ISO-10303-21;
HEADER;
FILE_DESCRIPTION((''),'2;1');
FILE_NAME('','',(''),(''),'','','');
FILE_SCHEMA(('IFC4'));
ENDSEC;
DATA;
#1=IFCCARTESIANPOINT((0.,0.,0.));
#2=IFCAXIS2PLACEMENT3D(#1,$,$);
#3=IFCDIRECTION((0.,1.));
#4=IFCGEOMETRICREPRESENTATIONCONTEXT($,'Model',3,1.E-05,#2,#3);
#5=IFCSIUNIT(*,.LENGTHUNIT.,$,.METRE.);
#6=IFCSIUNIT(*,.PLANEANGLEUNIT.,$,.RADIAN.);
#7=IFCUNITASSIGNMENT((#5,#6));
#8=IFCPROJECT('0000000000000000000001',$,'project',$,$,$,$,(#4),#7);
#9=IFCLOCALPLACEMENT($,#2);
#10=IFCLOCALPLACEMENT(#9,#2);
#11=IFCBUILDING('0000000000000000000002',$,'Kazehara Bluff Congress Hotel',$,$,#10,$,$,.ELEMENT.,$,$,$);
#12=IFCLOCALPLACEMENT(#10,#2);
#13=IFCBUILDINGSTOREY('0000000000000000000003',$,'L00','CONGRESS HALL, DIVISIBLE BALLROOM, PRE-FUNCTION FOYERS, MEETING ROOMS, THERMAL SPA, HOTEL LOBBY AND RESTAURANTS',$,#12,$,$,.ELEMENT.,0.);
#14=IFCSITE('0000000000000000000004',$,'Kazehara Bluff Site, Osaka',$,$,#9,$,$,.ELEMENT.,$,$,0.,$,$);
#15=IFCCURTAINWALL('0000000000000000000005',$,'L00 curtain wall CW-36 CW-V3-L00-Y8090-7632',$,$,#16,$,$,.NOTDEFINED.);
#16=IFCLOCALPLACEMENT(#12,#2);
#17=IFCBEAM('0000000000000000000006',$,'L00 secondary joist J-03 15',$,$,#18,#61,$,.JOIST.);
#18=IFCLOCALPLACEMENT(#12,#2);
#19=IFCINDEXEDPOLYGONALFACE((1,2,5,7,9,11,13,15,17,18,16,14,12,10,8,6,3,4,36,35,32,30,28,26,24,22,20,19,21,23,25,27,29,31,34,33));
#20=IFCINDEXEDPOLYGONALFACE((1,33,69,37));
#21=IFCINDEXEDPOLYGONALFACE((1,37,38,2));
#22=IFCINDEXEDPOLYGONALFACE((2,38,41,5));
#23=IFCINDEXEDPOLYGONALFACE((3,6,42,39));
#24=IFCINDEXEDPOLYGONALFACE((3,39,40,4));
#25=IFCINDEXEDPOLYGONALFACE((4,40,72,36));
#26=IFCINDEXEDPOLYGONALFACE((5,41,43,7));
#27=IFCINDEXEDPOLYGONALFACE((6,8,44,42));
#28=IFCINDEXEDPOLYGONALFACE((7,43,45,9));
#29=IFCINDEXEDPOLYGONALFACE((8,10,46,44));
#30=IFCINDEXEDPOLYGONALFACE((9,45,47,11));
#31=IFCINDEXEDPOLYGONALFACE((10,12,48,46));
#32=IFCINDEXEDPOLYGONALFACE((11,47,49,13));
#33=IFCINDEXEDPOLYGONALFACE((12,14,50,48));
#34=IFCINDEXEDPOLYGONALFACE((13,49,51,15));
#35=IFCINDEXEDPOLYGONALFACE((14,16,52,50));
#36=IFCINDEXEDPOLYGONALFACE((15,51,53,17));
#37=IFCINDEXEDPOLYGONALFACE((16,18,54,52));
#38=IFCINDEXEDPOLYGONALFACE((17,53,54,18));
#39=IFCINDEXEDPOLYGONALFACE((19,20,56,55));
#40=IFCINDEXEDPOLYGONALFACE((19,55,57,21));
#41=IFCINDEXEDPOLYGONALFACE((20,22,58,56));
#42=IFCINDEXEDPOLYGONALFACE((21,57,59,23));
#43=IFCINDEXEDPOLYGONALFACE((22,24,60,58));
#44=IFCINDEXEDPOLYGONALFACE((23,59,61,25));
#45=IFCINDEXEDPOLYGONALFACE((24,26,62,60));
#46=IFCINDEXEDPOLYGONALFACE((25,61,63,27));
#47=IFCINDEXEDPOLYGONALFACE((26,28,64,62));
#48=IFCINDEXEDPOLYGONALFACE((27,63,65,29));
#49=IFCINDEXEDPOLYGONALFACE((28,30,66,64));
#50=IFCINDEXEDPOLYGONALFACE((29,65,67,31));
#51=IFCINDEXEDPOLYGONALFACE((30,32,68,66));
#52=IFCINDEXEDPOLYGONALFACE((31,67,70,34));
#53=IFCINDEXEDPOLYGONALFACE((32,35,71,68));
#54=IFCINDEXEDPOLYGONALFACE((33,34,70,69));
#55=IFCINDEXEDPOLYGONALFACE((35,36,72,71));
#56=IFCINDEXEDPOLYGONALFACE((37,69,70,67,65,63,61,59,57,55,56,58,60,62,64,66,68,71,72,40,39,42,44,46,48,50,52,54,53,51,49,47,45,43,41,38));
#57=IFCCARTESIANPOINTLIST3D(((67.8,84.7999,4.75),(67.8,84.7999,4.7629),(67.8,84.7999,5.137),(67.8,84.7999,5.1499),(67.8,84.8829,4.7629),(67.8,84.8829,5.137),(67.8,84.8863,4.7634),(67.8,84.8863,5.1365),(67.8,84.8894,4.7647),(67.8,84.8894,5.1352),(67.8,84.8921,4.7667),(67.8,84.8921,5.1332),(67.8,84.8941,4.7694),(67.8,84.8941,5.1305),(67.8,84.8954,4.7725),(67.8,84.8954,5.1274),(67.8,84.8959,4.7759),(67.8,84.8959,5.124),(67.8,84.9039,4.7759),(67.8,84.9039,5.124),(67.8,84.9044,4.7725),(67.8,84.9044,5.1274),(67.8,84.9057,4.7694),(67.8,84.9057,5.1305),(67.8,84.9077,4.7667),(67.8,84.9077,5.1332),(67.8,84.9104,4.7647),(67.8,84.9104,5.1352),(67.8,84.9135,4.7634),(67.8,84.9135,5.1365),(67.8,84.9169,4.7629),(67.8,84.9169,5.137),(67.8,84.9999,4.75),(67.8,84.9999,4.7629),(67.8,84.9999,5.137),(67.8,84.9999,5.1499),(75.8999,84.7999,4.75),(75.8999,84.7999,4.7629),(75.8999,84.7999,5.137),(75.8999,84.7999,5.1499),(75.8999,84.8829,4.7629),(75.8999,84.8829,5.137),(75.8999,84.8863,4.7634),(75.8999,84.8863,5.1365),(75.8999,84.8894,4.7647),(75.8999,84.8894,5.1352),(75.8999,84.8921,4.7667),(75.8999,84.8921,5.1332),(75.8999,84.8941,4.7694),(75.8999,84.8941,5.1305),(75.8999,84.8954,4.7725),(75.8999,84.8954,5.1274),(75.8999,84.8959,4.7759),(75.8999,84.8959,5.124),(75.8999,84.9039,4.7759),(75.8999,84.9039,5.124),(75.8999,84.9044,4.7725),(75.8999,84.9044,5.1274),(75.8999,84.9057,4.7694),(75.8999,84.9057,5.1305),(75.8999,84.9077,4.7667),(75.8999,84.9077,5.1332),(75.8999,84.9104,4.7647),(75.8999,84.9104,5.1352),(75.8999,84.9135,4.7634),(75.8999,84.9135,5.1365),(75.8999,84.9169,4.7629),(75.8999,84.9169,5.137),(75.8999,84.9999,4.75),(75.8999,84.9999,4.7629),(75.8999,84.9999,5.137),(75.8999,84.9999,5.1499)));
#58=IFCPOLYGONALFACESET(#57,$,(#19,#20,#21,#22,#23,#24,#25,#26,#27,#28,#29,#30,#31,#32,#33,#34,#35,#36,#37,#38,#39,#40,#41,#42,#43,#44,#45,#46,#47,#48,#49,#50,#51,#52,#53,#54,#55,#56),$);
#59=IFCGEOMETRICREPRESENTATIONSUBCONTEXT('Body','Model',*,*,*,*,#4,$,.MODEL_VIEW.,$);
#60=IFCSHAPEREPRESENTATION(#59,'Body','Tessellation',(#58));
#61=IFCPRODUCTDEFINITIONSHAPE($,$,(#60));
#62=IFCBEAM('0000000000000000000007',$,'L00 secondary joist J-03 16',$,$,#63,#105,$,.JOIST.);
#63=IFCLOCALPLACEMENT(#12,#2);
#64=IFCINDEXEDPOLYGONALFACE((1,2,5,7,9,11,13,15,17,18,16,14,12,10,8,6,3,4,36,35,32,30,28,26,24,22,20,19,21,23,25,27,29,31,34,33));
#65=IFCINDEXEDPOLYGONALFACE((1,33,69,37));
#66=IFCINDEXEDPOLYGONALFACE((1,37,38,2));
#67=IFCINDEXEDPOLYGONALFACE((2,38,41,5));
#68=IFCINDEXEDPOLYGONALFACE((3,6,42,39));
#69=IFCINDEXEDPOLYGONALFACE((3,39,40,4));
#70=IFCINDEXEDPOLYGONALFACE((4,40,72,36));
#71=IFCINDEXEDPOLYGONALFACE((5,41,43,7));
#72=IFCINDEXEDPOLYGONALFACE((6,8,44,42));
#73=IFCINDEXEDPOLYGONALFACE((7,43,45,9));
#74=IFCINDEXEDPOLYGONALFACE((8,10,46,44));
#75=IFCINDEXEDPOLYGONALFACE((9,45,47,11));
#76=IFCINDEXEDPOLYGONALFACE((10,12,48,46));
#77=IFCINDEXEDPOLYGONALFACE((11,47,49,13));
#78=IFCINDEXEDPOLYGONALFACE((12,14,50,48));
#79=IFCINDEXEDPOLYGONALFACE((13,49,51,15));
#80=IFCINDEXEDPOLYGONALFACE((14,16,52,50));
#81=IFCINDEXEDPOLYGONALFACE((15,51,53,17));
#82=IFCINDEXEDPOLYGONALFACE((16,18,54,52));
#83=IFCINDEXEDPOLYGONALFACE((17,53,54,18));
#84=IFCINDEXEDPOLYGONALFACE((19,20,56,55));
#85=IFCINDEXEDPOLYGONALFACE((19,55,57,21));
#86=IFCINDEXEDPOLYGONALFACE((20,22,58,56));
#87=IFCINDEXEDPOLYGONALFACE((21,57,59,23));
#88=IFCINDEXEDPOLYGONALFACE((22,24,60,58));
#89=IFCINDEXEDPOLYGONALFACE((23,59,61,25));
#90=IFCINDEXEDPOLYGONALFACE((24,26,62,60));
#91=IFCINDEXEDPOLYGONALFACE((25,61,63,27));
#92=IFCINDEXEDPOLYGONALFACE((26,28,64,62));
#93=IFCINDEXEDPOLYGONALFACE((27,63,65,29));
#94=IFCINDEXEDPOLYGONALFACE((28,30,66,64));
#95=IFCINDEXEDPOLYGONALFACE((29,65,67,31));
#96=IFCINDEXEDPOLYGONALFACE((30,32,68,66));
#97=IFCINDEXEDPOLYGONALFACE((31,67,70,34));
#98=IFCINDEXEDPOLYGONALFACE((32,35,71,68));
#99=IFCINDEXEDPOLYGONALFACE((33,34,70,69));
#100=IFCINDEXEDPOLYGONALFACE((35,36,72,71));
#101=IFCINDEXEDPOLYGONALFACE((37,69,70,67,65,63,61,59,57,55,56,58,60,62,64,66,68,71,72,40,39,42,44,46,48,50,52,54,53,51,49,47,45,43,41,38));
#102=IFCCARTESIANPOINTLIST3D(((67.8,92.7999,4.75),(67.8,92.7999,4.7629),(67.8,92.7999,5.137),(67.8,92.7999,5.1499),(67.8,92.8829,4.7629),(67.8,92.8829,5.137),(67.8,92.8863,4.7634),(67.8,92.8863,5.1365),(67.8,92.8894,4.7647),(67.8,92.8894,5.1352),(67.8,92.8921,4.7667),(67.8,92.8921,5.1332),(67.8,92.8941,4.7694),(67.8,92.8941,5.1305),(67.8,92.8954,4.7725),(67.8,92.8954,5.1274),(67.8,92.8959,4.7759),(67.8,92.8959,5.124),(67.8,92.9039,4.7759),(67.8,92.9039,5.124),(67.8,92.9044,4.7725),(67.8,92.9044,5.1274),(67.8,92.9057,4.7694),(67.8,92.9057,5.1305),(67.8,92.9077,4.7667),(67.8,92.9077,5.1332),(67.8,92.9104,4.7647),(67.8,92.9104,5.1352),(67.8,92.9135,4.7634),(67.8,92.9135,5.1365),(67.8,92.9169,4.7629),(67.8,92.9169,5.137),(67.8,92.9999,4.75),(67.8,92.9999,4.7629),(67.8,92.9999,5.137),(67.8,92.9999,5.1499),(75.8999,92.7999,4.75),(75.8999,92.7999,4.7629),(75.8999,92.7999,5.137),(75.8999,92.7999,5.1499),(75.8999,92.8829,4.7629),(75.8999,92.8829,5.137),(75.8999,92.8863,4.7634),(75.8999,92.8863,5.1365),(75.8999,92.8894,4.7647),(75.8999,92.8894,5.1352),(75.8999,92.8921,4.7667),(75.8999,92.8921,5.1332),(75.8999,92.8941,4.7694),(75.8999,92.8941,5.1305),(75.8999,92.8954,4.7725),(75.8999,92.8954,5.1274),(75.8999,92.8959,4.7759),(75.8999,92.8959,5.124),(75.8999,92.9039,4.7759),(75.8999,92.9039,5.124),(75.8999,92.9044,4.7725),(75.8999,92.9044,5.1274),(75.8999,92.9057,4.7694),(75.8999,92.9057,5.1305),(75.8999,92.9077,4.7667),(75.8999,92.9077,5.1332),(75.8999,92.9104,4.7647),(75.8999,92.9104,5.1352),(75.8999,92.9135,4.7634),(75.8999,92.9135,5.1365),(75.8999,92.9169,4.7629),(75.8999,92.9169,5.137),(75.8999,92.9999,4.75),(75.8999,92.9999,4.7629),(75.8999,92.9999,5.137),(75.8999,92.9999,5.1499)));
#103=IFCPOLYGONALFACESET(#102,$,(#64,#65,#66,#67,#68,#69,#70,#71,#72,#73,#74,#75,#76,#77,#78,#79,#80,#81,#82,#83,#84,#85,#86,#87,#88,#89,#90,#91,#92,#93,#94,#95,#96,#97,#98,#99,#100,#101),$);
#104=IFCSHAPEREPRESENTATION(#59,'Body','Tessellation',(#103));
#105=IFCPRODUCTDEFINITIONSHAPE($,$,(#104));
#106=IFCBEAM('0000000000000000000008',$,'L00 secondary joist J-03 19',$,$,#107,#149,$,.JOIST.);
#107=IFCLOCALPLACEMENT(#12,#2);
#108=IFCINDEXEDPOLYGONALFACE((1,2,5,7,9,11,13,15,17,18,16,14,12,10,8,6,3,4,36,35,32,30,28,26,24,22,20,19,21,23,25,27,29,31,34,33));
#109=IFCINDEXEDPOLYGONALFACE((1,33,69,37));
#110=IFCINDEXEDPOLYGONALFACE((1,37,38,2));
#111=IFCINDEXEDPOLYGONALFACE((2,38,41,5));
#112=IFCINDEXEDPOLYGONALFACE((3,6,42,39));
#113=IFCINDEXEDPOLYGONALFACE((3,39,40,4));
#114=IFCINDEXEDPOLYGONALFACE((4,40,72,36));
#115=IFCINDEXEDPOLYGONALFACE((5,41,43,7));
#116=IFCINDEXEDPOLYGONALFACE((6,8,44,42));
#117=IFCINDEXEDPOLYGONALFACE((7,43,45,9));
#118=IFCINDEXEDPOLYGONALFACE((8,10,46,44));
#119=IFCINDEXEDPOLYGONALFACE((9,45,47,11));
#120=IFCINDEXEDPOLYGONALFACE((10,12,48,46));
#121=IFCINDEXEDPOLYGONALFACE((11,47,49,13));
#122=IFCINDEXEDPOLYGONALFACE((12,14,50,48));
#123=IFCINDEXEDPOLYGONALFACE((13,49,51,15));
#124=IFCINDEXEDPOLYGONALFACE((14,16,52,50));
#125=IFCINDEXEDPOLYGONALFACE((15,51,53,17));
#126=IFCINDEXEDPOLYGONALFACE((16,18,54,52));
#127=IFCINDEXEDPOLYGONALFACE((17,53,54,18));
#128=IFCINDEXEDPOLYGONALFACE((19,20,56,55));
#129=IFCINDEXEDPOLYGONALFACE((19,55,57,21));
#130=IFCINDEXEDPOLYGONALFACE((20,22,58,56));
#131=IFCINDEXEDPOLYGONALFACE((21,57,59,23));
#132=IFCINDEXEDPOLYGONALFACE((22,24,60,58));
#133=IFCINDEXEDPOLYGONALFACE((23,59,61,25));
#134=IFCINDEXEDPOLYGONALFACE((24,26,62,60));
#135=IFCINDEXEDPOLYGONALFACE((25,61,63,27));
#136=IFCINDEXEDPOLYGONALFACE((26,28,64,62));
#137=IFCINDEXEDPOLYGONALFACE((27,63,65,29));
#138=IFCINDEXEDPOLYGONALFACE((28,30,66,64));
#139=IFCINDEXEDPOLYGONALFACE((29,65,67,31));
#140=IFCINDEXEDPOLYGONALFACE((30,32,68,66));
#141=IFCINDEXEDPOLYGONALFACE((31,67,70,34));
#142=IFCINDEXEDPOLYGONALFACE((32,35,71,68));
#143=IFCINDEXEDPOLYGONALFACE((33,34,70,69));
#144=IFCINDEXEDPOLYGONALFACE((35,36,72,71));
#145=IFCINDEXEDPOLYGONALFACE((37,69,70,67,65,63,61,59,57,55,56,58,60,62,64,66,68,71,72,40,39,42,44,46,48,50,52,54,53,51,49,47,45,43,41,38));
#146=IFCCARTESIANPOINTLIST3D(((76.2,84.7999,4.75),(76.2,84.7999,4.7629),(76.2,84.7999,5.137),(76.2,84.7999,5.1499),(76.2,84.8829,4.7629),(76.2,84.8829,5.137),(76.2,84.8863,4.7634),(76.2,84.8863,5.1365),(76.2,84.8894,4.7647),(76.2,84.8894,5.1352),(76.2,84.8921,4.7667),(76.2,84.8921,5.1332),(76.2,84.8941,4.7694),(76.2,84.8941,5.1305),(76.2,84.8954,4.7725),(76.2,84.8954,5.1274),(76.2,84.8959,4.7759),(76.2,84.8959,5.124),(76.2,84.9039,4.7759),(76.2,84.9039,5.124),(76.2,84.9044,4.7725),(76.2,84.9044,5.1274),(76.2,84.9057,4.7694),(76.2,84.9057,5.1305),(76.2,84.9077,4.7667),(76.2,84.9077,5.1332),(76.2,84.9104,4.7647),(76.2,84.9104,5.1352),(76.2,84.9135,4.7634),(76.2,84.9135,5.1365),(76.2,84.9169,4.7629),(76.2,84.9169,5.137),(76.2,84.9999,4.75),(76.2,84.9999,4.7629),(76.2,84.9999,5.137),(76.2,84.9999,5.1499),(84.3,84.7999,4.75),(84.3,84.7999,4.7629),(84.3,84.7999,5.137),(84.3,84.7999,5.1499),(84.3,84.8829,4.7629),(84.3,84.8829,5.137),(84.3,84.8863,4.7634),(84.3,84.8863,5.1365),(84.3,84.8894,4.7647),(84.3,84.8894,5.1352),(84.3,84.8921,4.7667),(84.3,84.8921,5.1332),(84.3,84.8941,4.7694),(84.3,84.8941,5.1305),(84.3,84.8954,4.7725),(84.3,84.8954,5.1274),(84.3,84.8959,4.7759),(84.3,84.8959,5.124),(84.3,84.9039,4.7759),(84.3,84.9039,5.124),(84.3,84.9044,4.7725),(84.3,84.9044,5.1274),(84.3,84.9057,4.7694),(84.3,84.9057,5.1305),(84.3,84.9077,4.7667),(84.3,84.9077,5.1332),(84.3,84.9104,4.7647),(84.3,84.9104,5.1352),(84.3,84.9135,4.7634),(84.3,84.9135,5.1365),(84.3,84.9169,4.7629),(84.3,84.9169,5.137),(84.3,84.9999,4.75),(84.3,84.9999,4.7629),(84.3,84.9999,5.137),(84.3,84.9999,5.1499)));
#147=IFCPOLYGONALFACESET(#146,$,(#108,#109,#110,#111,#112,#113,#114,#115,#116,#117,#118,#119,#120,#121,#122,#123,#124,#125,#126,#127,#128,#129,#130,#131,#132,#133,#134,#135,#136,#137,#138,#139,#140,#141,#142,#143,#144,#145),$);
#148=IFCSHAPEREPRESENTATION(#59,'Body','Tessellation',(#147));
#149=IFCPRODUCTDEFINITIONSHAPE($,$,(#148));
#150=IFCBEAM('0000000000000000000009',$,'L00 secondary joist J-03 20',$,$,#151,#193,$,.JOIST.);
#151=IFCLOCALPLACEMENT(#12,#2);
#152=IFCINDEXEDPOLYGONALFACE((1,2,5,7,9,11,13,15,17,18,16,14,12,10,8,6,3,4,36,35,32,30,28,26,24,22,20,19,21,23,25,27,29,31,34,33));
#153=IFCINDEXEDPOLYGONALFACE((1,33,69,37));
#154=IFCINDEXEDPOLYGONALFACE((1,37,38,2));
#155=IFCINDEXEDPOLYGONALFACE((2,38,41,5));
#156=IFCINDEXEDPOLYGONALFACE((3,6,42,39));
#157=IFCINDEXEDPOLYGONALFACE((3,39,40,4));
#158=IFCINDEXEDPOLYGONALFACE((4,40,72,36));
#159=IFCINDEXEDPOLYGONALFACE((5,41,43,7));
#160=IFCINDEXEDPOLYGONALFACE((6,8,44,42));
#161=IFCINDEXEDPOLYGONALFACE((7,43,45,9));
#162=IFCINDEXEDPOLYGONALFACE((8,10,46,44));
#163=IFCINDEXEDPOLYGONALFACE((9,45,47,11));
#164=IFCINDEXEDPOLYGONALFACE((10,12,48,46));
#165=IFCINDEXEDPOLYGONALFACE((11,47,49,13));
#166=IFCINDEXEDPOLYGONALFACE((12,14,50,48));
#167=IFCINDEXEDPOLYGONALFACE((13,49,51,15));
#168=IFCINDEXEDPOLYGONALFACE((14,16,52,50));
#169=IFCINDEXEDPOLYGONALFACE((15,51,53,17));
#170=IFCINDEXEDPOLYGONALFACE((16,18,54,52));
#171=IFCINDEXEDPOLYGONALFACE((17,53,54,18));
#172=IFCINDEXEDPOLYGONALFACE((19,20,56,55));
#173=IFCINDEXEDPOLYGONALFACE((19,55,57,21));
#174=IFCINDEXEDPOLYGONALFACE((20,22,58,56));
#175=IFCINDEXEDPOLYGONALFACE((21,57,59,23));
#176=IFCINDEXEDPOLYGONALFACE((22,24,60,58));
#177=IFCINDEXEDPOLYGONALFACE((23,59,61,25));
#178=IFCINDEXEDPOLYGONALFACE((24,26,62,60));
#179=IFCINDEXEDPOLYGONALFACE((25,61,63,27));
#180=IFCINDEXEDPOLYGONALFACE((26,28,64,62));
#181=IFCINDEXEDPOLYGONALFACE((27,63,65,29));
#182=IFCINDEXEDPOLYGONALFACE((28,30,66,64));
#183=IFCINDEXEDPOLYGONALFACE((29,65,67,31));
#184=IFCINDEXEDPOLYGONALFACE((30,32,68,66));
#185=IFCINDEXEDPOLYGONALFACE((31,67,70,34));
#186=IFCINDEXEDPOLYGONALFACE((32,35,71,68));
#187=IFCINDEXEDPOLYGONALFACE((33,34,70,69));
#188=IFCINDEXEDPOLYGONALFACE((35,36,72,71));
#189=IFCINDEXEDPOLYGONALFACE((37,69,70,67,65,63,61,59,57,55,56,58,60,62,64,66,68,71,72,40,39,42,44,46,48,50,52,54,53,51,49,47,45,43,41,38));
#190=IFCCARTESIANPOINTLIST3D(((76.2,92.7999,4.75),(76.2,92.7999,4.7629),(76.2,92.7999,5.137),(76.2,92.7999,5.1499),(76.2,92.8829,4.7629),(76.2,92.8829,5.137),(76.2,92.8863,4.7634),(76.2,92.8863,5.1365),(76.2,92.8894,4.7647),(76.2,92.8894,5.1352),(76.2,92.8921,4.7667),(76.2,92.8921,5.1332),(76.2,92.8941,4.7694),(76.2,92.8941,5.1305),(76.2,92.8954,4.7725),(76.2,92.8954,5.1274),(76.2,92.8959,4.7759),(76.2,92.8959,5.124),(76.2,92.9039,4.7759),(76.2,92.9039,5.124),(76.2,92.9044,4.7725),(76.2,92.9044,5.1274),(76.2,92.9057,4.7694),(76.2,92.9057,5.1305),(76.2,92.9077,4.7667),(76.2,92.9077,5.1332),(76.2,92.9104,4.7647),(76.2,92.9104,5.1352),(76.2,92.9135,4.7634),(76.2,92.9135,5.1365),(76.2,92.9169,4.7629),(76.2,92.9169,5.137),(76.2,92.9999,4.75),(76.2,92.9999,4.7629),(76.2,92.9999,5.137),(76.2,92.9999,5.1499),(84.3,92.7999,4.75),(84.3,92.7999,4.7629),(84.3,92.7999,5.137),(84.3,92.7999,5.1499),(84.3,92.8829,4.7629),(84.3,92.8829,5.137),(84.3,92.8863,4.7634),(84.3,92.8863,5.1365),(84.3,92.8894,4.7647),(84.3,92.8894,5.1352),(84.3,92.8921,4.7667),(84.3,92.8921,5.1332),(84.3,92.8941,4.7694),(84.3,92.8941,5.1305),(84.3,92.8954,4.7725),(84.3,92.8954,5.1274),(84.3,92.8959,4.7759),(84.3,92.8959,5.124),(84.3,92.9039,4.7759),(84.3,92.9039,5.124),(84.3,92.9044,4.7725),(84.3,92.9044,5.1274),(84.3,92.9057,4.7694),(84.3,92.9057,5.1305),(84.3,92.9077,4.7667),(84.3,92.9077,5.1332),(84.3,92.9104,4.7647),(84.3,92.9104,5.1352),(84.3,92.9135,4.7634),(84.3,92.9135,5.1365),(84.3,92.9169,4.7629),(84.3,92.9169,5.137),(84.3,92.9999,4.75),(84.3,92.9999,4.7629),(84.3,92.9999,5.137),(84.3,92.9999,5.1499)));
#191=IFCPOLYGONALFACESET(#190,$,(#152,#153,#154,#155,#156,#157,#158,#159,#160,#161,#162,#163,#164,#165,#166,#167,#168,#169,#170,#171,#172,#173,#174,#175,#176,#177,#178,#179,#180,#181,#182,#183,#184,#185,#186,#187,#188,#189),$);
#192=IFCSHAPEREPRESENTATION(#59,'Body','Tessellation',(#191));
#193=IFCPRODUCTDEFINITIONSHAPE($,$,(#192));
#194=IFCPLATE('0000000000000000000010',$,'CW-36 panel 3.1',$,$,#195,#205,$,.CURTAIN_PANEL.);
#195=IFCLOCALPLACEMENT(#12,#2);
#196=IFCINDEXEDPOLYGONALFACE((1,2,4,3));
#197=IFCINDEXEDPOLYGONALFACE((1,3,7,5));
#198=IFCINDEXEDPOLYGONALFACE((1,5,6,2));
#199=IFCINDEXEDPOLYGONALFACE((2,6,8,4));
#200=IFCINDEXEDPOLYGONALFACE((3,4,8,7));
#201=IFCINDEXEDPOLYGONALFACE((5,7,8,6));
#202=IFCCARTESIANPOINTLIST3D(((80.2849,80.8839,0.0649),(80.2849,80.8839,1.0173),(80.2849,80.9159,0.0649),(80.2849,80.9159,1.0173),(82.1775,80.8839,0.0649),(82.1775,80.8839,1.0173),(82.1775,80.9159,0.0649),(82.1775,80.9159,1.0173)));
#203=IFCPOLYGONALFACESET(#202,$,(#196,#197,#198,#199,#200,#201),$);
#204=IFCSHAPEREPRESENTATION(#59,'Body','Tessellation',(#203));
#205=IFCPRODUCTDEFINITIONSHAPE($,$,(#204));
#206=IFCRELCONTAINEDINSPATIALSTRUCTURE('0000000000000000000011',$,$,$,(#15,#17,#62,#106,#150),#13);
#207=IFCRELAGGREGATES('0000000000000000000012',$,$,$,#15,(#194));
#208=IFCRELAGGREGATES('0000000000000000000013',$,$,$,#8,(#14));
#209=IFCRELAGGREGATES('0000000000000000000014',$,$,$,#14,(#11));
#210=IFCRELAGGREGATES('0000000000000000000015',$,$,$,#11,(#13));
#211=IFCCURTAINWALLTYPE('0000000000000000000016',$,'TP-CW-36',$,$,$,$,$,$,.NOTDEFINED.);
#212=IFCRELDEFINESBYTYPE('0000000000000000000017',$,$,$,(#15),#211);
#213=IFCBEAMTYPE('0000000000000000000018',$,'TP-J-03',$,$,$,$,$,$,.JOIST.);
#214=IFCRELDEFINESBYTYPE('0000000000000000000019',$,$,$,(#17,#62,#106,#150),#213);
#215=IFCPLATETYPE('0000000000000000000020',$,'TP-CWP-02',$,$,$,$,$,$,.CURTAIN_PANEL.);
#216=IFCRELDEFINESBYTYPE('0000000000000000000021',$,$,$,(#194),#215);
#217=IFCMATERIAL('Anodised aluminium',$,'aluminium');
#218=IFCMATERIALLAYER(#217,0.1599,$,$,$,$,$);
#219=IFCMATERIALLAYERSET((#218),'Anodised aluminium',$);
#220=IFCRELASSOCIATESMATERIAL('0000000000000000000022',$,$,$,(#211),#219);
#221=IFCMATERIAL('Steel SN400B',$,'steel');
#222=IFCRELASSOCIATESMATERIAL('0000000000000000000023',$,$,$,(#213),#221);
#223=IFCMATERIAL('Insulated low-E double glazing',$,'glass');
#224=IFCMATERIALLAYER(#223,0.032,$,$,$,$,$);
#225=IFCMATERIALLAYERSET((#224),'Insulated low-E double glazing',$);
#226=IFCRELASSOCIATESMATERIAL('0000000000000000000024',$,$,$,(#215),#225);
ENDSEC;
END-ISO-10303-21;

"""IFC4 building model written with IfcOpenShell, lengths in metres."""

from ifc_helpers import new_model, si_unit, direction, frame, origin, origin_2d, place, context, subcontext, project, spatial, rectangle, i_section, extrude, material, layer, layer_set, material_profile, profile_set, type_object, element, aggregate, save


model = new_model("IFC4")

# Units and contexts
model_context = context("Model", 3, precision=1e-05, world=origin(), true_north=direction((0.0, 1.0)))
body_context = subcontext(model_context, "Body", "Model", "MODEL_VIEW")
ifc_project = project(units=[si_unit("LENGTHUNIT", "METRE"), si_unit("PLANEANGLEUNIT", "RADIAN")], contexts=[model_context])

# Site, building, storey
site_placement = place(None, origin())
site = spatial("IfcSite", under=ifc_project, at=site_placement, Name="Kazehara Bluff Site, Osaka", CompositionType="ELEMENT", RefElevation=0.0)
building_placement = place(site_placement, origin())
building = spatial("IfcBuilding", under=site, at=building_placement, Name="Kazehara Bluff Congress Hotel", CompositionType="ELEMENT")
storey_placement = place(building_placement, origin())
storey = spatial("IfcBuildingStorey", under=building, at=storey_placement, Name="L00", Description="CONGRESS HALL, DIVISIBLE BALLROOM, PRE-FUNCTION FOYERS, MEETING ROOMS, THERMAL SPA, HOTEL LOBBY AND RESTAURANTS", CompositionType="ELEMENT", Elevation=0.0)

# Curtain wall
ifc_material_1 = material(Name="Anodised aluminium", Category="aluminium")
ifc_layer_1 = layer(ifc_material_1, 0.1599)
ifc_layer_set_1 = layer_set([ifc_layer_1], Name="Anodised aluminium")
curtain_wall_type = type_object("IfcCurtainWallType", Name="TP-CW-36", PredefinedType="NOTDEFINED", material=ifc_layer_set_1)
curtain_wall_placement = place(storey_placement, origin())
curtain_wall = element("IfcCurtainWall", 1, at=curtain_wall_placement, inside=storey, type_object=curtain_wall_type, Name="L00 curtain wall CW-36 CW-V3-L00-Y8090-7632", PredefinedType="NOTDEFINED")

# Beams
ifc_material_2 = material(Name="Steel SN400B", Category="steel")
ifc_material_profile_1 = material_profile(ifc_material_2, i_section(OverallWidth=0.2, OverallDepth=0.3999, WebThickness=0.0081, FlangeThickness=0.0129, FilletRadius=0.0129, at=origin_2d()))
ifc_profile_set_1 = profile_set([ifc_material_profile_1], Name="Steel SN400B")
beam_type_1 = type_object("IfcBeamType", Name="TP-J-03", PredefinedType="JOIST", material=ifc_profile_set_1)
for number, where, z_axis, x_axis, name in (
    (2, (67.8, 84.8999, 4.95), (1.0, 0.0, 0.0), (0.0, 1.0, 0.0), "L00 secondary joist J-03 15"),
    (3, (67.8, 92.8999, 4.95), (1.0, 0.0, 0.0), (0.0, 1.0, 0.0), "L00 secondary joist J-03 16"),
):
    element("IfcBeam", number, at=place(storey_placement, frame(where, z_axis=z_axis, x_axis=x_axis)), inside=storey, type_object=beam_type_1, Name=name, PredefinedType="JOIST", context=body_context, shape_type="SweptSolid", body=[
        extrude(i_section(OverallWidth=0.2, OverallDepth=0.3999, WebThickness=0.0081, FlangeThickness=0.0129, FilletRadius=0.0129, at=origin_2d()), origin(), (0.0, 0.0, 1.0), 8.0999),
    ])
for number, where, z_axis, x_axis, name in (
    (4, (76.2, 84.8999, 4.95), (1.0, 0.0, 0.0), (0.0, 1.0, 0.0), "L00 secondary joist J-03 19"),
    (5, (76.2, 92.8999, 4.95), (1.0, 0.0, 0.0), (0.0, 1.0, 0.0), "L00 secondary joist J-03 20"),
):
    element("IfcBeam", number, at=place(storey_placement, frame(where, z_axis=z_axis, x_axis=x_axis)), inside=storey, type_object=beam_type_1, Name=name, PredefinedType="JOIST", context=body_context, shape_type="SweptSolid", body=[
        extrude(i_section(OverallWidth=0.2, OverallDepth=0.3999, WebThickness=0.0081, FlangeThickness=0.0129, FilletRadius=0.0129, at=origin_2d()), origin(), (0.0, 0.0, 1.0), 8.1001),
    ])

# Plate
ifc_material_3 = material(Name="Insulated low-E double glazing", Category="glass")
ifc_layer_2 = layer(ifc_material_3, 0.032)
ifc_layer_set_2 = layer_set([ifc_layer_2], Name="Insulated low-E double glazing")
plate_type = type_object("IfcPlateType", Name="TP-CWP-02", PredefinedType="CURTAIN_PANEL", material=ifc_layer_set_2)
plate_1_placement = place(storey_placement, frame((81.2312, 80.8999, 0.0649), z_axis=(0.0, 0.0, 1.0), x_axis=(1.0, 0.0, 0.0)))
plate_1 = element("IfcPlate", 6, at=plate_1_placement, type_object=plate_type, Name="CW-36 panel 3.1", PredefinedType="CURTAIN_PANEL", context=body_context, shape_type="SweptSolid", body=[
    extrude(rectangle(XDim=1.8926, YDim=0.032, at=origin_2d()), origin(), (0.0, 0.0, 1.0), 0.9524),
])
aggregate(curtain_wall, [plate_1])

save(model, "model.ifc")
